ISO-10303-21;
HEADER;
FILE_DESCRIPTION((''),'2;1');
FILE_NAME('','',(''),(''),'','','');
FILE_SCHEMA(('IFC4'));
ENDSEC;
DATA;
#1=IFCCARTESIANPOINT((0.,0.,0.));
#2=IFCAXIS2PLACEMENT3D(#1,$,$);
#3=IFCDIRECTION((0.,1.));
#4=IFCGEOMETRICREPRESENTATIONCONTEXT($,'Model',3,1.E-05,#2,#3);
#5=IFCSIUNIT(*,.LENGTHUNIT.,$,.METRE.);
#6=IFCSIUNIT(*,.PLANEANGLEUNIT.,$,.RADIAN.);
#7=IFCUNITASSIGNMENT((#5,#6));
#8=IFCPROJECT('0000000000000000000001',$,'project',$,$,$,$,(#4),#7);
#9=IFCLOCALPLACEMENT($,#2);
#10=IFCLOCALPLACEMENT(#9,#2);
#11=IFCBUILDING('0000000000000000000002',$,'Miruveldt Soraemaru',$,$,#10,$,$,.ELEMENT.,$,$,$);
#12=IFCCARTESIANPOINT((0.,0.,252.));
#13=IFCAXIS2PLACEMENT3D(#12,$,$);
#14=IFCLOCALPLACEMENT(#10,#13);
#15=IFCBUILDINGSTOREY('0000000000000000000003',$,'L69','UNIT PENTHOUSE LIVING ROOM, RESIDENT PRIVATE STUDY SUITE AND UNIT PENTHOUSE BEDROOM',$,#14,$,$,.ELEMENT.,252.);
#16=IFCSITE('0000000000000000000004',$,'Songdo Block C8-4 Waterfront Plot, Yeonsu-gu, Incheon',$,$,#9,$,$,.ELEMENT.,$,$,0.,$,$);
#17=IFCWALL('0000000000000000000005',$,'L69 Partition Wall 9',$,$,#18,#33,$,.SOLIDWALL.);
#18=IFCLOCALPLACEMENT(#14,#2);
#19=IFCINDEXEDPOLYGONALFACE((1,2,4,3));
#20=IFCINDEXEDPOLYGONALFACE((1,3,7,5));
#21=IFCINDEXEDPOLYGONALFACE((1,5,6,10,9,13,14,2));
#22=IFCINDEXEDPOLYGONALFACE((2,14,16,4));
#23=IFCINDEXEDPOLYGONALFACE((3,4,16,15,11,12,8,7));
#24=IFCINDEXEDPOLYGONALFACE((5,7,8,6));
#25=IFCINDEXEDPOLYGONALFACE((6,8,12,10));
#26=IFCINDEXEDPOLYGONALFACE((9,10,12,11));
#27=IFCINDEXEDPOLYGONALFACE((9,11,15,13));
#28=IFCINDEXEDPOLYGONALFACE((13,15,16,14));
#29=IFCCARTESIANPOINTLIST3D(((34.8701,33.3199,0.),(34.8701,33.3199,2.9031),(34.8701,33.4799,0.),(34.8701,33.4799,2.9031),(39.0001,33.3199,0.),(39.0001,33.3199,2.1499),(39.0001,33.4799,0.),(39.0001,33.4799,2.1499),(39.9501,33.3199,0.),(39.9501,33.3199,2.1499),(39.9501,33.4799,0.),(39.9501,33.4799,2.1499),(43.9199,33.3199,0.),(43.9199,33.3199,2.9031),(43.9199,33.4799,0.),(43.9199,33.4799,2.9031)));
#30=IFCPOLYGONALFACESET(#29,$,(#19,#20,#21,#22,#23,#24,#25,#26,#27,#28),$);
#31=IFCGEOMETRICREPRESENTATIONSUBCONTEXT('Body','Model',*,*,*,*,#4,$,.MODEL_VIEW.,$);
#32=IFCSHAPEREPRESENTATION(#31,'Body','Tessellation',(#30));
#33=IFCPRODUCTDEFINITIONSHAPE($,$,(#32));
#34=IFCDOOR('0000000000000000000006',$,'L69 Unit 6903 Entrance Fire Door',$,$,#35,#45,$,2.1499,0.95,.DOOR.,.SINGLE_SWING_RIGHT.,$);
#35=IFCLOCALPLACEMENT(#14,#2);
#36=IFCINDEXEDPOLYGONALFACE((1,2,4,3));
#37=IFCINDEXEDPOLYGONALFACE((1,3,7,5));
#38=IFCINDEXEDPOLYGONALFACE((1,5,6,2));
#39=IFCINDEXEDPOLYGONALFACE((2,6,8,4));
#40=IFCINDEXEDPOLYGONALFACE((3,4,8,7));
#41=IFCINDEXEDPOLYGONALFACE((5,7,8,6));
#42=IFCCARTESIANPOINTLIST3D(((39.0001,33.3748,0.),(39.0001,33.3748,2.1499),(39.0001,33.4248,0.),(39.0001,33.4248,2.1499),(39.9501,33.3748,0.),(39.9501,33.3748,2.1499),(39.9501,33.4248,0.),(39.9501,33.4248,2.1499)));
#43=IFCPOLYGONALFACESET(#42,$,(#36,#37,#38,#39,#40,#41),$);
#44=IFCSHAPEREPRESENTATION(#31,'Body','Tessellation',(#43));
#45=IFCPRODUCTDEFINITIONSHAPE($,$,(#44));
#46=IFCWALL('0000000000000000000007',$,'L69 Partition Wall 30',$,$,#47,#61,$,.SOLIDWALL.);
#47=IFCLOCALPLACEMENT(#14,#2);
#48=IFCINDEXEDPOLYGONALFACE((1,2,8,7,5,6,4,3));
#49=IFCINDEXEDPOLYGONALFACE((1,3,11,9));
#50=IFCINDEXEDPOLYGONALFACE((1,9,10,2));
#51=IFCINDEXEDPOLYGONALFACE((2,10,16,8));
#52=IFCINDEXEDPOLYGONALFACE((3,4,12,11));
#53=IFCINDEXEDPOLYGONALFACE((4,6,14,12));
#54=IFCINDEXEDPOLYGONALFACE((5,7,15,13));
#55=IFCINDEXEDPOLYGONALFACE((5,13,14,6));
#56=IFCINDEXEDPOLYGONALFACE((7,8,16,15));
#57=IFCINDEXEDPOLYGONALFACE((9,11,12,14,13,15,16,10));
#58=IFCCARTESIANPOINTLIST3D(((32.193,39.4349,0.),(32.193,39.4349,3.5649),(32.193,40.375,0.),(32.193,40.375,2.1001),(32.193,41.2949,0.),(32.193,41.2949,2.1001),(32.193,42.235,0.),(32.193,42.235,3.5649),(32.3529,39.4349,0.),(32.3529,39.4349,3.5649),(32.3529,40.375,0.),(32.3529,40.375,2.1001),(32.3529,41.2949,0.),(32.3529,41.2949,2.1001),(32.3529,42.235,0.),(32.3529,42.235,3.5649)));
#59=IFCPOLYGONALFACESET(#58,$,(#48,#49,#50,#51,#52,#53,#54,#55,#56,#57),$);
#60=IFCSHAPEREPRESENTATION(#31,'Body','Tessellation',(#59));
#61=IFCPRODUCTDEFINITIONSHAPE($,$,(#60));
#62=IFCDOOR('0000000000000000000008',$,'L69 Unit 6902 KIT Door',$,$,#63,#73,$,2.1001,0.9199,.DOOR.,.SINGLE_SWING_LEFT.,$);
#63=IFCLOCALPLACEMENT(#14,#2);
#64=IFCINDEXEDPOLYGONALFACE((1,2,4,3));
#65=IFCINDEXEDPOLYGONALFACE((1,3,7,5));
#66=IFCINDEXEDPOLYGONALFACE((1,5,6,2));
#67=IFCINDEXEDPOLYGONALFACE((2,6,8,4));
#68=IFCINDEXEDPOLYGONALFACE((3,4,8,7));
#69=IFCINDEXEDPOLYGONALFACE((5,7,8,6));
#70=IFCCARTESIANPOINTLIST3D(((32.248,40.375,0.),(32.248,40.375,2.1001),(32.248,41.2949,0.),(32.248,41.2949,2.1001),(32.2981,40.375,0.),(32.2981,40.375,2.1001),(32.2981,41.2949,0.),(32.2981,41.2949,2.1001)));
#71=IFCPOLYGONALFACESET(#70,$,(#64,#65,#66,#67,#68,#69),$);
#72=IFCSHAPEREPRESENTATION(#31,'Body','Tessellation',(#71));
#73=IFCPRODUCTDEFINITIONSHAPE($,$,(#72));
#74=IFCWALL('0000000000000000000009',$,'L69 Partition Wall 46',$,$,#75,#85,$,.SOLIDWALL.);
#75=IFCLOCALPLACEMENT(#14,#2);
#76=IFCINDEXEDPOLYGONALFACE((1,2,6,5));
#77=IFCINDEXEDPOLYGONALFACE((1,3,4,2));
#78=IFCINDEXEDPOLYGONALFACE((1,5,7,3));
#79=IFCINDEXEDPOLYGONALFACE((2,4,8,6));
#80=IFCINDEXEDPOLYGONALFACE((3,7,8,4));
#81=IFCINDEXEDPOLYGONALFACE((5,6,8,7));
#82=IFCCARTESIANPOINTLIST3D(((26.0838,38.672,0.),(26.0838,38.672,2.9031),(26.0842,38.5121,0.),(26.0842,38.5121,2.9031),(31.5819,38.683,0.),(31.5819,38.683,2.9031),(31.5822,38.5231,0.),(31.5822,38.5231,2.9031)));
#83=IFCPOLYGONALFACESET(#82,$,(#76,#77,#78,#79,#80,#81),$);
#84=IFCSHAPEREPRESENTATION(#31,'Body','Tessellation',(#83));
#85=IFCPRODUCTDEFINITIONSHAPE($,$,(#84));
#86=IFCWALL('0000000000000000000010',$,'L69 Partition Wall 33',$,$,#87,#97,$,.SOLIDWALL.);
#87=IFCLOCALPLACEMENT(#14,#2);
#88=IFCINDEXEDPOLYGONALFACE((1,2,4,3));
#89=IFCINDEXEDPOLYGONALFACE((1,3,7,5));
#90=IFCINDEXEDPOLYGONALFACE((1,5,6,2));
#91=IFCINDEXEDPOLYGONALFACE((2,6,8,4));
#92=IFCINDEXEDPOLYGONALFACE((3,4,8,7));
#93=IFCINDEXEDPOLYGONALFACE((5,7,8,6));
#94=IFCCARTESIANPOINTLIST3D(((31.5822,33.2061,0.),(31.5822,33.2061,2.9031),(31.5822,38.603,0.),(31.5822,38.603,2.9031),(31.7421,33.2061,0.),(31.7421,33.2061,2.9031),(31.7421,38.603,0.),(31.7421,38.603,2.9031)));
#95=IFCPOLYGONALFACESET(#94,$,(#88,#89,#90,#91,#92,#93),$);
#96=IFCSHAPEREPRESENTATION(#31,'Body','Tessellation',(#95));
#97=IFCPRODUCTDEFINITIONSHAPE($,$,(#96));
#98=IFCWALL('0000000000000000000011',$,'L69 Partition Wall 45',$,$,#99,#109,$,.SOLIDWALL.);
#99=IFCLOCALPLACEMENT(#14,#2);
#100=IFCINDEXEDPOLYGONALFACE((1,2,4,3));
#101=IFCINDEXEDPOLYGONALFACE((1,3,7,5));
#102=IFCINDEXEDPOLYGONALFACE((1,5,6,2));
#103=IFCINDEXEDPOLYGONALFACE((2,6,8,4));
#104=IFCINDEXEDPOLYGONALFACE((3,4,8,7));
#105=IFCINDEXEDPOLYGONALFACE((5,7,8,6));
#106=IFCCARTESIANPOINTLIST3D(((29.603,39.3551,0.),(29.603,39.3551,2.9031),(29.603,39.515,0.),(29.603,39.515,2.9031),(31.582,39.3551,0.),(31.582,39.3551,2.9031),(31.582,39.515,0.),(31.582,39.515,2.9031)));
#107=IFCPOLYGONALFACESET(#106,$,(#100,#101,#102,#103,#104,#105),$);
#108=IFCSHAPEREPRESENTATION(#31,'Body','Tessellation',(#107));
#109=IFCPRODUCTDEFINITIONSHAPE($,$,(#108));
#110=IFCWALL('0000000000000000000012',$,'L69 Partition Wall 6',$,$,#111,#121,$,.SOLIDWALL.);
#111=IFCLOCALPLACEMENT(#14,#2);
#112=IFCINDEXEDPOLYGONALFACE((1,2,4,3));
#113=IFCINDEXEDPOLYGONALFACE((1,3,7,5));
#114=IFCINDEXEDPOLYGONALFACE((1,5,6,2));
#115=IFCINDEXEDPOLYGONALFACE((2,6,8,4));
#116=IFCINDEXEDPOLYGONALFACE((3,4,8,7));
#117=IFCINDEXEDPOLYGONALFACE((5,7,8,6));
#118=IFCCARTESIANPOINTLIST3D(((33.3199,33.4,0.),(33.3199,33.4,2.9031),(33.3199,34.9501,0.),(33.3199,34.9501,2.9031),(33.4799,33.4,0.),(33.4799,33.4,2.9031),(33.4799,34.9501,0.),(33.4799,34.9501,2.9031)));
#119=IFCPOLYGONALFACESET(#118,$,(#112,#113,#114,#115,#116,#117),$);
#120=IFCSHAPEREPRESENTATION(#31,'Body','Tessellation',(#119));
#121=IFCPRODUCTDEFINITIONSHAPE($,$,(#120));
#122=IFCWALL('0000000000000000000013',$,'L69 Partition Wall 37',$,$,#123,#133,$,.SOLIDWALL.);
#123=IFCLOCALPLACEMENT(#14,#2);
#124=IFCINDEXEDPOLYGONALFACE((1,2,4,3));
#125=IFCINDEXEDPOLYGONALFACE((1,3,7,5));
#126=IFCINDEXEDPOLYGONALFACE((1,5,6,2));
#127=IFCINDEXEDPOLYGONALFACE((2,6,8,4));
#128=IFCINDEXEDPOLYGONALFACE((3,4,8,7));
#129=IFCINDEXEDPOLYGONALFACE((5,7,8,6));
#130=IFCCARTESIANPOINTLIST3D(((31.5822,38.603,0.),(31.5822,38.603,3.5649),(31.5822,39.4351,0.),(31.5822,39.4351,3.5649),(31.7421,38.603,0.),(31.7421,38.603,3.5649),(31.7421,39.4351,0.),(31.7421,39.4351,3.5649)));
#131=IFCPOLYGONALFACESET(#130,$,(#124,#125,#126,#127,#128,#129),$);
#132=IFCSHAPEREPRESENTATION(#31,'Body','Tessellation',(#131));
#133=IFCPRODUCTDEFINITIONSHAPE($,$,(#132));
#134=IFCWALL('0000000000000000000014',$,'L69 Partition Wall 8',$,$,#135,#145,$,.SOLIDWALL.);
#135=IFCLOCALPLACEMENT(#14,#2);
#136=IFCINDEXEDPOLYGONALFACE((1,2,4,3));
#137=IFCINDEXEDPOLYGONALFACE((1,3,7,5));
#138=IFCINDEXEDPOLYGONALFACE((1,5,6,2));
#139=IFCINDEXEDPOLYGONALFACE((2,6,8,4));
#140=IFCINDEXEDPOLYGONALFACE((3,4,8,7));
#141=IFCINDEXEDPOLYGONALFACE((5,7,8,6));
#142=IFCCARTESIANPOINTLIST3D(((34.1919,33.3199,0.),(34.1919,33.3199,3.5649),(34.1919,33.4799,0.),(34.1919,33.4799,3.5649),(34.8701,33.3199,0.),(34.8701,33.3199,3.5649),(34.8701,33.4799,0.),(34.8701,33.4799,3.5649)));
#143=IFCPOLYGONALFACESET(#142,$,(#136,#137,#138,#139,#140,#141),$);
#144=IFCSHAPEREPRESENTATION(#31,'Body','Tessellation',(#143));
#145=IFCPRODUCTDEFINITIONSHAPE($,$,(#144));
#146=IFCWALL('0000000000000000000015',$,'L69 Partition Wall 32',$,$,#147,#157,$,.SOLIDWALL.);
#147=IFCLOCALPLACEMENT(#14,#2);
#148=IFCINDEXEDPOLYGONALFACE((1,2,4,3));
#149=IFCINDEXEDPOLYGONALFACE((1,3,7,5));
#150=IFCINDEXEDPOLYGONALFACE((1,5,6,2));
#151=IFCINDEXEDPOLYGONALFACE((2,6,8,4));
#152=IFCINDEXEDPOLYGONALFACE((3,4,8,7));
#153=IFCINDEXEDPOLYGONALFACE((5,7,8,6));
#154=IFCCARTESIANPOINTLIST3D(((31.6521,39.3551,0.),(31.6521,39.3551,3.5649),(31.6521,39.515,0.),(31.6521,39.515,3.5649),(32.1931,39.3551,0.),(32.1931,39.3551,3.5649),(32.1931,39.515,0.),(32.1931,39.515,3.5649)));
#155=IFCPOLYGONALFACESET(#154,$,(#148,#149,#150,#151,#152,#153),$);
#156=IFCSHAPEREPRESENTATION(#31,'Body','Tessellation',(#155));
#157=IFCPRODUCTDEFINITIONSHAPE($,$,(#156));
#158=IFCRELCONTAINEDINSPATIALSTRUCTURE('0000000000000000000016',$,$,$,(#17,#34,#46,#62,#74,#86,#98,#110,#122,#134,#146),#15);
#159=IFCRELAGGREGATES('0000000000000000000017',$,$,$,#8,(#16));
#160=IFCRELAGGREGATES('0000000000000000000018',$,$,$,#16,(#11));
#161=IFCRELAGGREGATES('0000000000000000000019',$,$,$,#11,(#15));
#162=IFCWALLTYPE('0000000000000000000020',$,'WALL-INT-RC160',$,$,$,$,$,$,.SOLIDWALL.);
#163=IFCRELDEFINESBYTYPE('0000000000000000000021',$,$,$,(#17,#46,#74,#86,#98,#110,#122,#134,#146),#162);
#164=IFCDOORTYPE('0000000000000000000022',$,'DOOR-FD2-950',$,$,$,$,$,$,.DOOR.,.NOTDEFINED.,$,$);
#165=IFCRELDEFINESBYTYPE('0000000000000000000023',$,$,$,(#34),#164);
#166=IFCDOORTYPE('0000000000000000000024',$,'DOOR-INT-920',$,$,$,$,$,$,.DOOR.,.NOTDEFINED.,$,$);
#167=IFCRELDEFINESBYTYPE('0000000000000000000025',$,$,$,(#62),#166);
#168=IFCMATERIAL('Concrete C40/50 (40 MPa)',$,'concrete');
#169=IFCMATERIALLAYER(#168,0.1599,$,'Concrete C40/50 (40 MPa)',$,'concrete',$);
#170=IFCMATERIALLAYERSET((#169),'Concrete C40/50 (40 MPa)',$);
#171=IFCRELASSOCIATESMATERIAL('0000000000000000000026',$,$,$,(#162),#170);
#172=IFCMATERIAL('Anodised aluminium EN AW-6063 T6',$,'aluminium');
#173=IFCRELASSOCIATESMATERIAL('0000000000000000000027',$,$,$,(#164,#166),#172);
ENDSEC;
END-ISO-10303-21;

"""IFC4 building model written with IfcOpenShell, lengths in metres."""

from ifc_helpers import new_model, si_unit, direction, frame, frame_2d, origin, place, context, subcontext, project, spatial, rectangle, extrude, material, layer, layer_set, type_object, element, fill, save


model = new_model("IFC4")

# Units and contexts
model_context = context("Model", 3, precision=1e-05, world=origin(), true_north=direction((0.0, 1.0)))
body_context = subcontext(model_context, "Body", "Model", "MODEL_VIEW")
ifc_project = project(units=[si_unit("LENGTHUNIT", "METRE"), si_unit("PLANEANGLEUNIT", "RADIAN")], contexts=[model_context])

# Site, building, storey
site_placement = place(None, origin())
site = spatial("IfcSite", under=ifc_project, at=site_placement, Name="Songdo Block C8-4 Waterfront Plot, Yeonsu-gu, Incheon", CompositionType="ELEMENT", RefElevation=0.0)
building_placement = place(site_placement, origin())
building = spatial("IfcBuilding", under=site, at=building_placement, Name="Miruveldt Soraemaru", CompositionType="ELEMENT")
storey_placement = place(building_placement, frame((0.0, 0.0, 252.0)))
storey = spatial("IfcBuildingStorey", under=building, at=storey_placement, Name="L69", Description="UNIT PENTHOUSE LIVING ROOM, RESIDENT PRIVATE STUDY SUITE AND UNIT PENTHOUSE BEDROOM", CompositionType="ELEMENT", Elevation=252.0)

# Shared definitions
ifc_material_1 = material(Name="Anodised aluminium EN AW-6063 T6", Category="aluminium")

# Walls, openings, doors
ifc_material_2 = material(Name="Concrete C40/50 (40 MPa)", Category="concrete")
ifc_layer_1 = layer(ifc_material_2, 0.1599, Name="Concrete C40/50 (40 MPa)", Category="concrete")
ifc_layer_set_1 = layer_set([ifc_layer_1], Name="Concrete C40/50 (40 MPa)")
wall_type_1 = type_object("IfcWallType", Name="WALL-INT-RC160", PredefinedType="SOLIDWALL", material=ifc_layer_set_1)
wall_1_placement = place(storey_placement, frame((34.8701, 33.3999, 0.0), z_axis=(0.0, 0.0, 1.0), x_axis=(1.0, 0.0, 0.0)))
wall_1 = element("IfcWall", 1, at=wall_1_placement, inside=storey, type_object=wall_type_1, Name="L69 Partition Wall 9", PredefinedType="SOLIDWALL", context=body_context, shape_type="SweptSolid", body=[
    extrude(rectangle(XDim=9.0498, YDim=0.1599, at=frame_2d((4.5249, 0.0))), origin(), (0.0, 0.0, 1.0), 2.9031),
])
opening_1_placement = place(wall_1_placement, frame((4.1299, 0.0, 0.0)))
opening_1 = element("IfcOpeningElement", 2, at=opening_1_placement, cuts=wall_1, PredefinedType="OPENING", context=body_context, shape_type="SweptSolid", body=[
    extrude(rectangle(XDim=0.95, YDim=2.1499, at=frame_2d((0.4751, 1.075))), frame((0.0, 0.0898, 0.0), z_axis=(0.0, -1.0, 0.0), x_axis=(1.0, 0.0, 0.0)), (0.0, 0.0, 1.0), 0.1799),
])
door_type_1 = type_object("IfcDoorType", Name="DOOR-FD2-950", OperationType="NOTDEFINED", PredefinedType="DOOR", material=ifc_material_1)
door_1_placement = place(opening_1_placement, origin())
door_1 = element("IfcDoor", 3, at=door_1_placement, inside=storey, type_object=door_type_1, Name="L69 Unit 6903 Entrance Fire Door", OperationType="SINGLE_SWING_RIGHT", OverallHeight=2.1499, OverallWidth=0.95, PredefinedType="DOOR", context=body_context, shape_type="SweptSolid", body=[
    extrude(rectangle(XDim=0.95, YDim=2.1499, at=frame_2d((0.4751, 1.075))), frame((0.0, 0.0249, 0.0), z_axis=(0.0, -1.0, 0.0), x_axis=(1.0, 0.0, 0.0)), (0.0, 0.0, 1.0), 0.05),
])
fill(opening_1, door_1)
wall_2_placement = place(storey_placement, frame((32.2729, 39.4351, 0.0), z_axis=(0.0, 0.0, 1.0), x_axis=(0.0, 1.0, 0.0)))
wall_2 = element("IfcWall", 4, at=wall_2_placement, inside=storey, type_object=wall_type_1, Name="L69 Partition Wall 30", PredefinedType="SOLIDWALL", context=body_context, shape_type="SweptSolid", body=[
    extrude(rectangle(XDim=2.8, YDim=0.1599, at=frame_2d((1.3999, 0.0))), origin(), (0.0, 0.0, 1.0), 3.5649),
])
opening_2_placement = place(wall_2_placement, frame((0.9399, 0.0, 0.0)))
opening_2 = element("IfcOpeningElement", 5, at=opening_2_placement, cuts=wall_2, PredefinedType="OPENING", context=body_context, shape_type="SweptSolid", body=[
    extrude(rectangle(XDim=0.9199, YDim=2.1001, at=frame_2d((0.46, 1.05))), frame((0.0, 0.0898, 0.0), z_axis=(0.0, -1.0, 0.0), x_axis=(1.0, 0.0, 0.0)), (0.0, 0.0, 1.0), 0.1799),
])
door_type_2 = type_object("IfcDoorType", Name="DOOR-INT-920", OperationType="NOTDEFINED", PredefinedType="DOOR", material=ifc_material_1)
door_2_placement = place(opening_2_placement, origin())
door_2 = element("IfcDoor", 6, at=door_2_placement, inside=storey, type_object=door_type_2, Name="L69 Unit 6902 KIT Door", OperationType="SINGLE_SWING_LEFT", OverallHeight=2.1001, OverallWidth=0.9199, PredefinedType="DOOR", context=body_context, shape_type="SweptSolid", body=[
    extrude(rectangle(XDim=0.9199, YDim=2.1001, at=frame_2d((0.46, 1.05))), frame((0.0, 0.0249, 0.0), z_axis=(0.0, -1.0, 0.0), x_axis=(1.0, 0.0, 0.0)), (0.0, 0.0, 1.0), 0.05),
])
fill(opening_2, door_2)

# Walls
wall_3_placement = place(storey_placement, frame((31.582, 38.603, 0.0), z_axis=(0.0, 0.0, 1.0), x_axis=(-0.999998, -0.001998, 0.0)))
element("IfcWall", 7, at=wall_3_placement, inside=storey, type_object=wall_type_1, Name="L69 Partition Wall 46", PredefinedType="SOLIDWALL", context=body_context, shape_type="SweptSolid", body=[
    extrude(rectangle(XDim=5.498, YDim=0.1599, at=frame_2d((2.749, 0.0))), origin(), (0.0, 0.0, 1.0), 2.9031),
])
wall_4_placement = place(storey_placement, frame((31.6621, 38.603, 0.0), z_axis=(0.0, 0.0, 1.0), x_axis=(0.0, -1.0, 0.0)))
element("IfcWall", 8, at=wall_4_placement, inside=storey, type_object=wall_type_1, Name="L69 Partition Wall 33", PredefinedType="SOLIDWALL", context=body_context, shape_type="SweptSolid", body=[
    extrude(rectangle(XDim=5.397, YDim=0.1599, at=frame_2d((2.6985, 0.0))), origin(), (0.0, 0.0, 1.0), 2.9031),
])
wall_5_placement = place(storey_placement, frame((29.603, 39.4351, 0.0), z_axis=(0.0, 0.0, 1.0), x_axis=(1.0, 0.0, 0.0)))
element("IfcWall", 9, at=wall_5_placement, inside=storey, type_object=wall_type_1, Name="L69 Partition Wall 45", PredefinedType="SOLIDWALL", context=body_context, shape_type="SweptSolid", body=[
    extrude(rectangle(XDim=1.979, YDim=0.1599, at=frame_2d((0.9895, 0.0))), origin(), (0.0, 0.0, 1.0), 2.9031),
])
wall_6_placement = place(storey_placement, frame((33.3999, 34.95, 0.0), z_axis=(0.0, 0.0, 1.0), x_axis=(0.0, -1.0, 0.0)))
element("IfcWall", 10, at=wall_6_placement, inside=storey, type_object=wall_type_1, Name="L69 Partition Wall 6", PredefinedType="SOLIDWALL", context=body_context, shape_type="SweptSolid", body=[
    extrude(rectangle(XDim=1.55, YDim=0.1599, at=frame_2d((0.7749, 0.0))), origin(), (0.0, 0.0, 1.0), 2.9031),
])
wall_7_placement = place(storey_placement, frame((31.6621, 39.4351, 0.0), z_axis=(0.0, 0.0, 1.0), x_axis=(0.0, -1.0, 0.0)))
element("IfcWall", 11, at=wall_7_placement, inside=storey, type_object=wall_type_1, Name="L69 Partition Wall 37", PredefinedType="SOLIDWALL", context=body_context, shape_type="SweptSolid", body=[
    extrude(rectangle(XDim=0.832, YDim=0.1599, at=frame_2d((0.416, 0.0))), origin(), (0.0, 0.0, 1.0), 3.5649),
])
wall_8_placement = place(storey_placement, frame((34.1919, 33.3999, 0.0), z_axis=(0.0, 0.0, 1.0), x_axis=(1.0, 0.0, 0.0)))
element("IfcWall", 12, at=wall_8_placement, inside=storey, type_object=wall_type_1, Name="L69 Partition Wall 8", PredefinedType="SOLIDWALL", context=body_context, shape_type="SweptSolid", body=[
    extrude(rectangle(XDim=0.6782, YDim=0.1599, at=frame_2d((0.3391, 0.0))), origin(), (0.0, 0.0, 1.0), 3.5649),
])
wall_9_placement = place(storey_placement, frame((31.6521, 39.4351, 0.0), z_axis=(0.0, 0.0, 1.0), x_axis=(1.0, 0.0, 0.0)))
element("IfcWall", 13, at=wall_9_placement, inside=storey, type_object=wall_type_1, Name="L69 Partition Wall 32", PredefinedType="SOLIDWALL", context=body_context, shape_type="SweptSolid", body=[
    extrude(rectangle(XDim=0.541, YDim=0.1599, at=frame_2d((0.2705, 0.0))), origin(), (0.0, 0.0, 1.0), 3.5649),
])

save(model, "model.ifc")
